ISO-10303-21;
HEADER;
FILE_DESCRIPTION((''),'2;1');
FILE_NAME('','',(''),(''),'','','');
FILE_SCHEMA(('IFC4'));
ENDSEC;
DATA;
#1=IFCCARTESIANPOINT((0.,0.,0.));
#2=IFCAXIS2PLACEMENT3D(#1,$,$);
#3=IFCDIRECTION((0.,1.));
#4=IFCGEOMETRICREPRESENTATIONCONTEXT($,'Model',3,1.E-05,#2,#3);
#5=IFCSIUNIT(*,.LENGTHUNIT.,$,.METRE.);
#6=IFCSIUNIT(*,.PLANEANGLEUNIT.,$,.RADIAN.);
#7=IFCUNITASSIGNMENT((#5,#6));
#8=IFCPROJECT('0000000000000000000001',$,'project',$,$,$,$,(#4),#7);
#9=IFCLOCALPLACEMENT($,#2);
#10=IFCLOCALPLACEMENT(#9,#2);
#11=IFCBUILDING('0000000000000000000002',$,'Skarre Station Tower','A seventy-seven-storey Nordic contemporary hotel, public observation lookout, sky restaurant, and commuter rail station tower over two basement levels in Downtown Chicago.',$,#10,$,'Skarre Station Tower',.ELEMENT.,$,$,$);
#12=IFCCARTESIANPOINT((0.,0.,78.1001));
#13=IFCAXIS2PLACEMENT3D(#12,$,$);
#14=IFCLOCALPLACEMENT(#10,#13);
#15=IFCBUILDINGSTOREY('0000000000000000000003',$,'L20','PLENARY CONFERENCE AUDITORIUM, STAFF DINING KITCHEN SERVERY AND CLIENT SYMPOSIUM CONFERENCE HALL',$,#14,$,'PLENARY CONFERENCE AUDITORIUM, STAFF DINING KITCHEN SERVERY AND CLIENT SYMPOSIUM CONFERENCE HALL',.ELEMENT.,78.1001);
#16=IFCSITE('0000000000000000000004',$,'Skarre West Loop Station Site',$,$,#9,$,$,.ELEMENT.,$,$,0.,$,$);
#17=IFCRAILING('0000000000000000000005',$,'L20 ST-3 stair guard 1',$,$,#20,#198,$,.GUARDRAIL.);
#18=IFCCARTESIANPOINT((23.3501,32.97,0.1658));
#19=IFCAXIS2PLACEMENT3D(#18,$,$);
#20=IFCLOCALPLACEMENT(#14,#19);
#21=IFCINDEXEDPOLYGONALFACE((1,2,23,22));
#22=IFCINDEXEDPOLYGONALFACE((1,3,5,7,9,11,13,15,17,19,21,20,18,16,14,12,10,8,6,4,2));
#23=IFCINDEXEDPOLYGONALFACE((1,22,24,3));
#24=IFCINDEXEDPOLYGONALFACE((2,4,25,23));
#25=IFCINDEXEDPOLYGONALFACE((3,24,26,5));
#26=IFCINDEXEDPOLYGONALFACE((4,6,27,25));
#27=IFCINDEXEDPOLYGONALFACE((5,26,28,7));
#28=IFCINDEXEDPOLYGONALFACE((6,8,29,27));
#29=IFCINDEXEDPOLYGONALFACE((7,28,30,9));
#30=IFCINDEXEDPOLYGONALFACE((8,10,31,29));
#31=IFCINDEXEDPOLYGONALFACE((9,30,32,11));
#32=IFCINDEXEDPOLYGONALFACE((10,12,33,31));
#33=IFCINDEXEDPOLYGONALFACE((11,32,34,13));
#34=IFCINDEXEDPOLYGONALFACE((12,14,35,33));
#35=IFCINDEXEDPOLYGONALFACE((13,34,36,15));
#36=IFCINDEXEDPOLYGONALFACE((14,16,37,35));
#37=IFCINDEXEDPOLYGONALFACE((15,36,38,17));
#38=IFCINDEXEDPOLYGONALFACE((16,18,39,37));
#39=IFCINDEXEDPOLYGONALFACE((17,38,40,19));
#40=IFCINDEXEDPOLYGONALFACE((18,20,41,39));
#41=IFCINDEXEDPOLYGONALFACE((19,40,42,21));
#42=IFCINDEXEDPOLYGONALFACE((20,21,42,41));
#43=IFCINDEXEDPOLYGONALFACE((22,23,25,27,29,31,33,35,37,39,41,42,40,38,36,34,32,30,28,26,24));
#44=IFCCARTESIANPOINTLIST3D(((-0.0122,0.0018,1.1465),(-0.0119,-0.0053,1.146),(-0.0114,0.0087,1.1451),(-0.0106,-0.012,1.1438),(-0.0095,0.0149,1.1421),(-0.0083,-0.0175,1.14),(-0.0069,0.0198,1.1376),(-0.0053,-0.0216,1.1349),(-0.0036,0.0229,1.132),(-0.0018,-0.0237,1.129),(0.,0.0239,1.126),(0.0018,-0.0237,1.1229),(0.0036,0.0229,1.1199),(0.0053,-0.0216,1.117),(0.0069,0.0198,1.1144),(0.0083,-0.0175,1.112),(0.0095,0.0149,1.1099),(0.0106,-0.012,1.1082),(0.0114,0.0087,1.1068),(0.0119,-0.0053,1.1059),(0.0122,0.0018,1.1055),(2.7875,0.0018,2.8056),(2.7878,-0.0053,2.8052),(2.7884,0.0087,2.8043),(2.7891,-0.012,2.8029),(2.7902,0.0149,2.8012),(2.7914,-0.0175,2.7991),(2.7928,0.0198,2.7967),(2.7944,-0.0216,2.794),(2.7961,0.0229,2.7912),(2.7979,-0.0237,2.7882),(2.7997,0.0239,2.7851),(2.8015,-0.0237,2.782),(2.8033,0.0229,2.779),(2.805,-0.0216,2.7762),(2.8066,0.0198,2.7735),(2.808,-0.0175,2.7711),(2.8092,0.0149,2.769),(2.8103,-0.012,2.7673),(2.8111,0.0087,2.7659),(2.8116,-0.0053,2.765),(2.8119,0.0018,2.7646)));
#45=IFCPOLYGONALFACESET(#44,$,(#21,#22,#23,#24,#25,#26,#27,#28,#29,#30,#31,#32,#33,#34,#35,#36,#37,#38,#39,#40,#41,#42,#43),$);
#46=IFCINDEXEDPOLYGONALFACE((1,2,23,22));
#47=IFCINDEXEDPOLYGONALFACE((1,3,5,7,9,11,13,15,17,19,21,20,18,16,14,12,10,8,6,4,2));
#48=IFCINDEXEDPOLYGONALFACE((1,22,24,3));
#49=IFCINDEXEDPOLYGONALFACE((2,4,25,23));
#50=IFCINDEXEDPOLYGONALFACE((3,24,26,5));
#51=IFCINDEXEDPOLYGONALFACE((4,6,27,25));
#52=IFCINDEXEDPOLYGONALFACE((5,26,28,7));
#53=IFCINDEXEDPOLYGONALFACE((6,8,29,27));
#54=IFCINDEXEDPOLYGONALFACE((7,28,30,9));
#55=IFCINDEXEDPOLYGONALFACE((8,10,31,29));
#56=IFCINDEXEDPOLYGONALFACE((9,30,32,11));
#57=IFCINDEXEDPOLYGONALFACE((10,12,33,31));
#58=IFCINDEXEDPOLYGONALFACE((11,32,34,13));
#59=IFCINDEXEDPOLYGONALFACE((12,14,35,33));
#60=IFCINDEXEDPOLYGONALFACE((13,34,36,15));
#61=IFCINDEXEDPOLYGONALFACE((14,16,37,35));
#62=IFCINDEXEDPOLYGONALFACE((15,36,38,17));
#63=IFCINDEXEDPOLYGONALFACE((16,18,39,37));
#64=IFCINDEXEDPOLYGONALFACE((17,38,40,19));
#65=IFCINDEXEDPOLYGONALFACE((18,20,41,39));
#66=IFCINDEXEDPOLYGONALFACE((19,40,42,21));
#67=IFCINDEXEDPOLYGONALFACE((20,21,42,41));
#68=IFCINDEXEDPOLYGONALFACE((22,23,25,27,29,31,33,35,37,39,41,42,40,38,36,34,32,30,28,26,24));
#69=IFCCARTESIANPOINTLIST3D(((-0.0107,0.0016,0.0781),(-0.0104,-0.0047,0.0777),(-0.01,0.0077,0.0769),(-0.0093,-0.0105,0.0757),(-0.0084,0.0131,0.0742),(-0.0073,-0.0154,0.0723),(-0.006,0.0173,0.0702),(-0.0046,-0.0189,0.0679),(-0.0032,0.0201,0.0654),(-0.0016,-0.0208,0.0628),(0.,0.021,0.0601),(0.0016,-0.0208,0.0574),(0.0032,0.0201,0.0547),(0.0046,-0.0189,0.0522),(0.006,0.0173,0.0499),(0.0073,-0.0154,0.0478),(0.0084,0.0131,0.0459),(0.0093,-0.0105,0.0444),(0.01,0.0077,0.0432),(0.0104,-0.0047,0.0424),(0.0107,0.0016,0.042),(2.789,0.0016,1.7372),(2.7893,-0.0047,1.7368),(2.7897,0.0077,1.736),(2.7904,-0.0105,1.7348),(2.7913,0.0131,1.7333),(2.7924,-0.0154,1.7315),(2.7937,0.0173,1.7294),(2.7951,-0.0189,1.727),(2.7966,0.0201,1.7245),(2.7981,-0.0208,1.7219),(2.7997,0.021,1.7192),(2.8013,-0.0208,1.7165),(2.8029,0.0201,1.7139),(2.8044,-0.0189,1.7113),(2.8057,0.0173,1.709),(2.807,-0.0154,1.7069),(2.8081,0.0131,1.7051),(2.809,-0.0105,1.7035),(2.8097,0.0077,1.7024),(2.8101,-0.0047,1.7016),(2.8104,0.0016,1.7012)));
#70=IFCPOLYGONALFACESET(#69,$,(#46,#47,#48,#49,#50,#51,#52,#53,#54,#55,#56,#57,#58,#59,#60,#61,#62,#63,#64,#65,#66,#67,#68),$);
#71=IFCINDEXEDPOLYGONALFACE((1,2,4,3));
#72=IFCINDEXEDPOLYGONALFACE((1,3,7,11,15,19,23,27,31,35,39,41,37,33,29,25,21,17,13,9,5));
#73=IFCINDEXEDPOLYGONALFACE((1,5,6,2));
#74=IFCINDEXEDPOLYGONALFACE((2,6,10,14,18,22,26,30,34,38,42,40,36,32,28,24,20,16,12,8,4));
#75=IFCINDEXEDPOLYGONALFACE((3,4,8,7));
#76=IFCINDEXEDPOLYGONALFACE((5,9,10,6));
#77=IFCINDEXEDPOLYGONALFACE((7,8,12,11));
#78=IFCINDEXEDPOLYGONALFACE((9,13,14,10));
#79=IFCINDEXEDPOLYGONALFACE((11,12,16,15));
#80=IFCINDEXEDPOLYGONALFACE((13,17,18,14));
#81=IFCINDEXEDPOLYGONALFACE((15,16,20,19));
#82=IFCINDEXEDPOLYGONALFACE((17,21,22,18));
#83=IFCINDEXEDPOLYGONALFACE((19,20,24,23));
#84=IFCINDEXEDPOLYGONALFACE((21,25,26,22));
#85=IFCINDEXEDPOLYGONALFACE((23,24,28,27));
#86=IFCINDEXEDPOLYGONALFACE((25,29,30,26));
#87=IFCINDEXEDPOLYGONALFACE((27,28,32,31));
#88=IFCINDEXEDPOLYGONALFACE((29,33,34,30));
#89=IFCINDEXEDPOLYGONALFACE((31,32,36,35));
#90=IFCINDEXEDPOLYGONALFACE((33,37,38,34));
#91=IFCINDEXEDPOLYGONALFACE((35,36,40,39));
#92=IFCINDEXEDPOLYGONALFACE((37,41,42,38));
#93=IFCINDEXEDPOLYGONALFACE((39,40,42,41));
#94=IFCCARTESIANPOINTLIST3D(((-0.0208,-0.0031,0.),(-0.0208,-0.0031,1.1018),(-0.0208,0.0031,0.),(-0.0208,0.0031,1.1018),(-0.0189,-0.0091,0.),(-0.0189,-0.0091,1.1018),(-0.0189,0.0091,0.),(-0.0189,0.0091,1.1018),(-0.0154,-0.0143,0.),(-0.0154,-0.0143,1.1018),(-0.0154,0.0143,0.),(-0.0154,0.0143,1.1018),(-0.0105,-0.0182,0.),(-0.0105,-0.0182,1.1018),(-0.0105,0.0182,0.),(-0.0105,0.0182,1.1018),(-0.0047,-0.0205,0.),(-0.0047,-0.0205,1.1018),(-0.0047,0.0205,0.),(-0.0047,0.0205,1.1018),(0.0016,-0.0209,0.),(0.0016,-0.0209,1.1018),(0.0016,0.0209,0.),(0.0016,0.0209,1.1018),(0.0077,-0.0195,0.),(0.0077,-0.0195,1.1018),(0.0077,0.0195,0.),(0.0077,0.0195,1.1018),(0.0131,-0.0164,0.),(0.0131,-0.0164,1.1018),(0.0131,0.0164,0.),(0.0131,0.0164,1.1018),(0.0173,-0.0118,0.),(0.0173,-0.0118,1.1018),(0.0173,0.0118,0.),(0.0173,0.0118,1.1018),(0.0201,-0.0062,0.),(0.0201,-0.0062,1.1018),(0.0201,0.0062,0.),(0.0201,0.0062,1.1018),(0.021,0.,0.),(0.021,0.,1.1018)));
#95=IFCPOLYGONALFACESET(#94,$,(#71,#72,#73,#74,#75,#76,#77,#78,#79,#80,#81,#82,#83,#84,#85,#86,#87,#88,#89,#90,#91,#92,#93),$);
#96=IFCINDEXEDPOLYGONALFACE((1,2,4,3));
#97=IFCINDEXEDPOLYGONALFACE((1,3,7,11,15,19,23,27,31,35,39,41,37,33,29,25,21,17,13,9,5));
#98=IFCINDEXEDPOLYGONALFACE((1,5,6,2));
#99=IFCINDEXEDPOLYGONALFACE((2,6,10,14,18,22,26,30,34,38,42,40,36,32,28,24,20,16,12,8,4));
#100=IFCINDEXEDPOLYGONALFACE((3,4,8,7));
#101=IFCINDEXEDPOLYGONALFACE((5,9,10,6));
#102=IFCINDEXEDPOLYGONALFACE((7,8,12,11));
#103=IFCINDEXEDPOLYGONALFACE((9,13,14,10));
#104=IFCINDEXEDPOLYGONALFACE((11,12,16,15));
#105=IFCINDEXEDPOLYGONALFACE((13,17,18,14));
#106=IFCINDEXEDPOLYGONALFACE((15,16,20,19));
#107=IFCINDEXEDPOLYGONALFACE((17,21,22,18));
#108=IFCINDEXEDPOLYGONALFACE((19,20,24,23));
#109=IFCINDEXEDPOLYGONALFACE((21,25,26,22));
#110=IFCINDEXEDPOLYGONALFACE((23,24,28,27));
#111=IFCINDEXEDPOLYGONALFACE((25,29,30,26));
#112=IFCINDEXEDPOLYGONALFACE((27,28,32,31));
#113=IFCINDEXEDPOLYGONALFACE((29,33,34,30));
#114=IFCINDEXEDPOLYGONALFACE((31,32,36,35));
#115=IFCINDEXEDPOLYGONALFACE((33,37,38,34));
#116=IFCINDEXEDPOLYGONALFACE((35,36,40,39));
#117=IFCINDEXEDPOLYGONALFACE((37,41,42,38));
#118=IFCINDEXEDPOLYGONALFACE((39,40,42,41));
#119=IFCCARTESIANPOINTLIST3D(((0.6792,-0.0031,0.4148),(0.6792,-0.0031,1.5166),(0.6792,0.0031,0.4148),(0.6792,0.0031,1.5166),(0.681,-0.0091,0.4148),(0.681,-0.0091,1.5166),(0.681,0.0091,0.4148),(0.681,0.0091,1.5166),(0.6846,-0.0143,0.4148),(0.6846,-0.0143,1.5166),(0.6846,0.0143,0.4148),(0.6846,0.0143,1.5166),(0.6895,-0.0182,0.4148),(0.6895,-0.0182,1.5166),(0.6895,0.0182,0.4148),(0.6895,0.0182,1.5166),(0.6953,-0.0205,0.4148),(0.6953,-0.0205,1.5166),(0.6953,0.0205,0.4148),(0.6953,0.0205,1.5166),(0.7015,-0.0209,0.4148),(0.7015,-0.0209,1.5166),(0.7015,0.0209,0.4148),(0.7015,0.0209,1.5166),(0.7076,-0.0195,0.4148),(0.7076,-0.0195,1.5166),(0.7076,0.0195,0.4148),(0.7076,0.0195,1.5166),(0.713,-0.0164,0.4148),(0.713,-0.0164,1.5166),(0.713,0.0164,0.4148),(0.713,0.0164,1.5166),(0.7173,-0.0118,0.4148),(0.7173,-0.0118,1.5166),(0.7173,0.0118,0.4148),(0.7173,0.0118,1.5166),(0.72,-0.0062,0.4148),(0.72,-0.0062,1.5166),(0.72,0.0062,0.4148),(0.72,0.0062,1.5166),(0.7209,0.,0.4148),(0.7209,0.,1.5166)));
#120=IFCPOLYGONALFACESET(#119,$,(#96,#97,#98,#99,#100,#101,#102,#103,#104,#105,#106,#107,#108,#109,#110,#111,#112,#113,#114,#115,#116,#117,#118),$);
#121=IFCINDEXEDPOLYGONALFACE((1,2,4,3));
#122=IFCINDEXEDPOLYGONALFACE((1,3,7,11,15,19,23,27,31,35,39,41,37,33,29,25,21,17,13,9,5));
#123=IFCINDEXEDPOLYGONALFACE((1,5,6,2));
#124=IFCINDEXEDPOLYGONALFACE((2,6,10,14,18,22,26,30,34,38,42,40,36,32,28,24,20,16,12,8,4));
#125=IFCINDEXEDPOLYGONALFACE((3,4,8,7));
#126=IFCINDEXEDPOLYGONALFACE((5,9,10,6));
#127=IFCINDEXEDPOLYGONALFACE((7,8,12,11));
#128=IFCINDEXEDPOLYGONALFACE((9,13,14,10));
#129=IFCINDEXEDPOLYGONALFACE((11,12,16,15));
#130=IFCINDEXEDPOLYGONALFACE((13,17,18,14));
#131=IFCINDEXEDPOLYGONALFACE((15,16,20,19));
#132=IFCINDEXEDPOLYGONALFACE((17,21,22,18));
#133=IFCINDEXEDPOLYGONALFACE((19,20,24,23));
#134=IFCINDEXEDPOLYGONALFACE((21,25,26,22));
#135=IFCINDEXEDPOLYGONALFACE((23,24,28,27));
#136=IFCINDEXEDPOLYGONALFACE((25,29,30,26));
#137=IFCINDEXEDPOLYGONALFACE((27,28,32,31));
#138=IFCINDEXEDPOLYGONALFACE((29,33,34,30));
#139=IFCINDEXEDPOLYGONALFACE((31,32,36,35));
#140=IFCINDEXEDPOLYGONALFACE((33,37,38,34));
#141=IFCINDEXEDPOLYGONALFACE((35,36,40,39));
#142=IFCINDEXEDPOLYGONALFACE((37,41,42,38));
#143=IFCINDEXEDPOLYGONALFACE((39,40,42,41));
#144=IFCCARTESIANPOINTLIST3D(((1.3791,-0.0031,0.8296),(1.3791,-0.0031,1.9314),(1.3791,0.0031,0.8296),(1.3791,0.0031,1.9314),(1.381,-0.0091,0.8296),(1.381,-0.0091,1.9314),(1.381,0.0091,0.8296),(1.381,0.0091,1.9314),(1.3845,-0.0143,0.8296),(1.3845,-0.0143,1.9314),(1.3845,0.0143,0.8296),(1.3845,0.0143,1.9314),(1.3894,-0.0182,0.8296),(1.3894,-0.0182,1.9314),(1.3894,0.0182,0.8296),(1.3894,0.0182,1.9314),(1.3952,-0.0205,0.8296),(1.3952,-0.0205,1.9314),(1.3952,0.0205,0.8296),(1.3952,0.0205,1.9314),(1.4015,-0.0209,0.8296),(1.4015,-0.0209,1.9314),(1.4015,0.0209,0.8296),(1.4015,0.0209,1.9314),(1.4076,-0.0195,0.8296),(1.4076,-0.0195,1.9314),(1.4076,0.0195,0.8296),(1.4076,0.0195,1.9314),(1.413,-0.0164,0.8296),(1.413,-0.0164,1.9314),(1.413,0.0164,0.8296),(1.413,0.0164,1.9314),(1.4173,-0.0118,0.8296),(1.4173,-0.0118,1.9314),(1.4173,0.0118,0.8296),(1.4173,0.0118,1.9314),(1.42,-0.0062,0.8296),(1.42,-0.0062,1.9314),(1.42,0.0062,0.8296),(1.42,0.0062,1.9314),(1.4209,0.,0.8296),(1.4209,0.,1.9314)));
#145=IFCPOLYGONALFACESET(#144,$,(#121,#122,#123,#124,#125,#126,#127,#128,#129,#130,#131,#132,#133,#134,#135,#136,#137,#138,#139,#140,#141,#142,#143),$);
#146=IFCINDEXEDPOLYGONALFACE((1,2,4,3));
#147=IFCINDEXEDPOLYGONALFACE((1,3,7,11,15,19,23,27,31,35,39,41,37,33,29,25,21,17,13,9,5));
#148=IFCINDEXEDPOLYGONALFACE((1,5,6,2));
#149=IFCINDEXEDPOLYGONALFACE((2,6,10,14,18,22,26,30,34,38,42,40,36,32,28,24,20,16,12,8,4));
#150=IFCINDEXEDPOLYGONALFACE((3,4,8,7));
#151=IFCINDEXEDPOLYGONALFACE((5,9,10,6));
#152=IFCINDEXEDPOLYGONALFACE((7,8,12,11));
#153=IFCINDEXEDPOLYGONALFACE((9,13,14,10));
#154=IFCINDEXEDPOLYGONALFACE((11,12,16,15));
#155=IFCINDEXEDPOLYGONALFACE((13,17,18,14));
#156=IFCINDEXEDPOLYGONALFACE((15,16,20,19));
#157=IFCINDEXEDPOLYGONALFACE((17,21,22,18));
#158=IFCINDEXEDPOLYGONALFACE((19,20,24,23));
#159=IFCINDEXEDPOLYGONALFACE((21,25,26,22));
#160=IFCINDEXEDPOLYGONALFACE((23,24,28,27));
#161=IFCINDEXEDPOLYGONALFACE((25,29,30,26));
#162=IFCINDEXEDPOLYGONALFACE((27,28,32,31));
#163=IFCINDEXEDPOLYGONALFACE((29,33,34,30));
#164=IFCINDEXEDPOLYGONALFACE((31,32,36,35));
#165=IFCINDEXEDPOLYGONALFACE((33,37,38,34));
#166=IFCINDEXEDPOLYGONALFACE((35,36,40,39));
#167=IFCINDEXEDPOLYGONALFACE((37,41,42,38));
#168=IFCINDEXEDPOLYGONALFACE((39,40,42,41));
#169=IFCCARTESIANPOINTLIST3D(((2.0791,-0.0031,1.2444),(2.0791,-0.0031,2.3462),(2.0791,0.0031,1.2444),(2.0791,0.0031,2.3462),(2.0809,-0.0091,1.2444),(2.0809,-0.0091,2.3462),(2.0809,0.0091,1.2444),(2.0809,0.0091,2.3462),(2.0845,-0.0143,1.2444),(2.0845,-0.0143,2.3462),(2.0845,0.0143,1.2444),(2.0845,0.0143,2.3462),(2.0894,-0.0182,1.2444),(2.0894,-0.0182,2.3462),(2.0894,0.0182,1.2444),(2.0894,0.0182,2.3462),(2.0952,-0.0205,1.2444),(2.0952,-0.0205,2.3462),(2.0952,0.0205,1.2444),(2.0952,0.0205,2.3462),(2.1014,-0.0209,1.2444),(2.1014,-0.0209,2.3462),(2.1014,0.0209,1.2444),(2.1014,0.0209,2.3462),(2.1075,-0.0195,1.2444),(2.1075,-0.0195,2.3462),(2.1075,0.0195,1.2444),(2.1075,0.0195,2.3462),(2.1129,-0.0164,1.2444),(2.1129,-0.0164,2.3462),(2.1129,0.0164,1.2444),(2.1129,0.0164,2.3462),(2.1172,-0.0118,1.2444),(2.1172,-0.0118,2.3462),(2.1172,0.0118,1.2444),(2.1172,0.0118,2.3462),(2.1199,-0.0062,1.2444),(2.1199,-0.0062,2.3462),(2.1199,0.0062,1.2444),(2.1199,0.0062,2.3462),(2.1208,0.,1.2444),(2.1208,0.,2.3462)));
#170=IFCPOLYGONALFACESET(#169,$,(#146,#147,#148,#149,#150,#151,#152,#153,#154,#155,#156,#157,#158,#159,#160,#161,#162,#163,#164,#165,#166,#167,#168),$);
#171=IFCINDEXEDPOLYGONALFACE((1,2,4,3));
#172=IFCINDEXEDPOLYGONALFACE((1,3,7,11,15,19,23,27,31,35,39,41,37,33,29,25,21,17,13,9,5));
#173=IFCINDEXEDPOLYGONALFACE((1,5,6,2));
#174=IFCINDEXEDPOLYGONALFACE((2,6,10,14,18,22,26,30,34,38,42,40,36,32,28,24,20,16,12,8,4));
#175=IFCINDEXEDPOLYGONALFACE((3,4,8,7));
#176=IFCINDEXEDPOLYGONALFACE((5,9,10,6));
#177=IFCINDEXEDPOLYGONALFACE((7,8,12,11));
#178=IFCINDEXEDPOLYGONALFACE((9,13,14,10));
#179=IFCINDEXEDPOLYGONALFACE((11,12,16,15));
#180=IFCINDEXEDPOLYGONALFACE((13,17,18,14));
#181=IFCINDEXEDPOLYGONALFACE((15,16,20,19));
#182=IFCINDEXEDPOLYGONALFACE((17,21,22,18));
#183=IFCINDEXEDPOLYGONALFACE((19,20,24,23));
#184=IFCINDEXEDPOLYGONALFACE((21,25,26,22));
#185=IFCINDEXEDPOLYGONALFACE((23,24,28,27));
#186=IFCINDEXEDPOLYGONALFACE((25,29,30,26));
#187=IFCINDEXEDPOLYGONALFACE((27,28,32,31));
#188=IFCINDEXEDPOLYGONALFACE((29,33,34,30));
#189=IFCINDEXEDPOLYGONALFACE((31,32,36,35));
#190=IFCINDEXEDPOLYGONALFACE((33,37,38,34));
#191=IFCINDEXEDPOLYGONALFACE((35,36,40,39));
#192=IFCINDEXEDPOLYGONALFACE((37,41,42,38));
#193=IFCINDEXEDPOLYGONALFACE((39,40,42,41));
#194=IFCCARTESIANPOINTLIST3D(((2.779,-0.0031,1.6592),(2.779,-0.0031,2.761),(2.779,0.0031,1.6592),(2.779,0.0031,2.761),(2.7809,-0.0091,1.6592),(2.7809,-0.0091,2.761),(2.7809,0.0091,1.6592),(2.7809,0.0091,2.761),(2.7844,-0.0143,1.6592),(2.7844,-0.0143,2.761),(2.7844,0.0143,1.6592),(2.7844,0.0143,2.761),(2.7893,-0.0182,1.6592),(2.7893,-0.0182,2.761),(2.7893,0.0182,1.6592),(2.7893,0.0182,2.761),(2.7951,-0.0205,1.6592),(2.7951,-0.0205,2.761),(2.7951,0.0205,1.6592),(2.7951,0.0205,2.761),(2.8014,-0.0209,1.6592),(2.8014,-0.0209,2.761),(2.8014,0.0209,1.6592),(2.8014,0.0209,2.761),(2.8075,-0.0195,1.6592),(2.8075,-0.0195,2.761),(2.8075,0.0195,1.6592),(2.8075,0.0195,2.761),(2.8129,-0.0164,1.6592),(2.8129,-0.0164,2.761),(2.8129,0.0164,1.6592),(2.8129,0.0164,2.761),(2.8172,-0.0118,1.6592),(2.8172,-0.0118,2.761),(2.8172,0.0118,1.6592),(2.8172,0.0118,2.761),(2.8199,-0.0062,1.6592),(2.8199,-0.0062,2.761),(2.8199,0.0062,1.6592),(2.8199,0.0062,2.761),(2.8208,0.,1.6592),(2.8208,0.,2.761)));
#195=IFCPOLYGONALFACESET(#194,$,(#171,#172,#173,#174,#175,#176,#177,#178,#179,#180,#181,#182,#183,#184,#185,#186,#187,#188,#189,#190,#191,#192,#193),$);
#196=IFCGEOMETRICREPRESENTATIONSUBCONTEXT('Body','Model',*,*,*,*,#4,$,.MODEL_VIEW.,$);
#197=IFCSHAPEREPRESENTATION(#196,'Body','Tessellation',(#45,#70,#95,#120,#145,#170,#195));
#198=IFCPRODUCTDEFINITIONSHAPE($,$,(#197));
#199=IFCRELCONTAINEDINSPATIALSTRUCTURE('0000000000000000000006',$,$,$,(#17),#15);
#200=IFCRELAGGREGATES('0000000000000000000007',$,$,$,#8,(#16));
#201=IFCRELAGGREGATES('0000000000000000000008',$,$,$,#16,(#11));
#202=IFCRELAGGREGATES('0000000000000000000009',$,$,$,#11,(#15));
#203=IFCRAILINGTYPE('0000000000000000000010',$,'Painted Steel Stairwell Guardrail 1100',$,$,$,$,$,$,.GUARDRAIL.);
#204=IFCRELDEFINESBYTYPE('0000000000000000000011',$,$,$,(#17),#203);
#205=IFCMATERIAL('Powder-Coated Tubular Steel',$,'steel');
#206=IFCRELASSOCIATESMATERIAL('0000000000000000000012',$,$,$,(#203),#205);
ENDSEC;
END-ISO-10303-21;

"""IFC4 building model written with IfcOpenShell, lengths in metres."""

from ifc_helpers import new_model, si_unit, direction, frame, origin, origin_2d, place, context, subcontext, project, spatial, circle, extrude, material, type_object, element, save


model = new_model("IFC4")

# Units and contexts
model_context = context("Model", 3, precision=1e-05, world=origin(), true_north=direction((0.0, 1.0)))
body_context = subcontext(model_context, "Body", "Model", "MODEL_VIEW")
ifc_project = project(units=[si_unit("LENGTHUNIT", "METRE"), si_unit("PLANEANGLEUNIT", "RADIAN")], contexts=[model_context])

# Site, building, storey
site_placement = place(None, origin())
site = spatial("IfcSite", under=ifc_project, at=site_placement, Name="Skarre West Loop Station Site", CompositionType="ELEMENT", RefElevation=0.0)
building_placement = place(site_placement, origin())
building = spatial("IfcBuilding", under=site, at=building_placement, Name="Skarre Station Tower", Description="A seventy-seven-storey Nordic contemporary hotel, public observation lookout, sky restaurant, and commuter rail station tower over two basement levels in Downtown Chicago.", LongName="Skarre Station Tower", CompositionType="ELEMENT")
storey_placement = place(building_placement, frame((0.0, 0.0, 78.1001)))
storey = spatial("IfcBuildingStorey", under=building, at=storey_placement, Name="L20", Description="PLENARY CONFERENCE AUDITORIUM, STAFF DINING KITCHEN SERVERY AND CLIENT SYMPOSIUM CONFERENCE HALL", LongName="PLENARY CONFERENCE AUDITORIUM, STAFF DINING KITCHEN SERVERY AND CLIENT SYMPOSIUM CONFERENCE HALL", CompositionType="ELEMENT", Elevation=78.1001)

# Railing
ifc_material_1 = material(Name="Powder-Coated Tubular Steel", Category="steel")
railing_type_1 = type_object("IfcRailingType", Name="Painted Steel Stairwell Guardrail 1100", PredefinedType="GUARDRAIL", material=ifc_material_1)
railing_1_placement = place(storey_placement, frame((23.3501, 32.97, 0.1658)))
element("IfcRailing", 1, at=railing_1_placement, inside=storey, type_object=railing_type_1, Name="L20 ST-3 stair guard 1", PredefinedType="GUARDRAIL", context=body_context, shape_type="SweptSolid", body=[
    extrude(circle(Radius=0.0239, at=origin_2d()), frame((0.0, 0.0, 1.126), z_axis=(0.860287, 0.0, 0.509811), x_axis=(0.0, 1.0, 0.0)), (0.0, 0.0, 1.0), 3.2544),
    extrude(circle(Radius=0.021, at=origin_2d()), frame((0.0, 0.0, 0.0601), z_axis=(0.860287, 0.0, 0.509811), x_axis=(0.0, 1.0, 0.0)), (0.0, 0.0, 1.0), 3.2544),
    extrude(circle(Radius=0.021, at=origin_2d()), origin(), (0.0, 0.0, 1.0), 1.1018),
    extrude(circle(Radius=0.021, at=origin_2d()), frame((0.7, 0.0, 0.4148)), (0.0, 0.0, 1.0), 1.1018),
    extrude(circle(Radius=0.021, at=origin_2d()), frame((1.3999, 0.0, 0.8296)), (0.0, 0.0, 1.0), 1.1018),
    extrude(circle(Radius=0.021, at=origin_2d()), frame((2.0999, 0.0, 1.2444)), (0.0, 0.0, 1.0), 1.1018),
    extrude(circle(Radius=0.021, at=origin_2d()), frame((2.7998, 0.0, 1.6592)), (0.0, 0.0, 1.0), 1.1018),
])

save(model, "model.ifc")
